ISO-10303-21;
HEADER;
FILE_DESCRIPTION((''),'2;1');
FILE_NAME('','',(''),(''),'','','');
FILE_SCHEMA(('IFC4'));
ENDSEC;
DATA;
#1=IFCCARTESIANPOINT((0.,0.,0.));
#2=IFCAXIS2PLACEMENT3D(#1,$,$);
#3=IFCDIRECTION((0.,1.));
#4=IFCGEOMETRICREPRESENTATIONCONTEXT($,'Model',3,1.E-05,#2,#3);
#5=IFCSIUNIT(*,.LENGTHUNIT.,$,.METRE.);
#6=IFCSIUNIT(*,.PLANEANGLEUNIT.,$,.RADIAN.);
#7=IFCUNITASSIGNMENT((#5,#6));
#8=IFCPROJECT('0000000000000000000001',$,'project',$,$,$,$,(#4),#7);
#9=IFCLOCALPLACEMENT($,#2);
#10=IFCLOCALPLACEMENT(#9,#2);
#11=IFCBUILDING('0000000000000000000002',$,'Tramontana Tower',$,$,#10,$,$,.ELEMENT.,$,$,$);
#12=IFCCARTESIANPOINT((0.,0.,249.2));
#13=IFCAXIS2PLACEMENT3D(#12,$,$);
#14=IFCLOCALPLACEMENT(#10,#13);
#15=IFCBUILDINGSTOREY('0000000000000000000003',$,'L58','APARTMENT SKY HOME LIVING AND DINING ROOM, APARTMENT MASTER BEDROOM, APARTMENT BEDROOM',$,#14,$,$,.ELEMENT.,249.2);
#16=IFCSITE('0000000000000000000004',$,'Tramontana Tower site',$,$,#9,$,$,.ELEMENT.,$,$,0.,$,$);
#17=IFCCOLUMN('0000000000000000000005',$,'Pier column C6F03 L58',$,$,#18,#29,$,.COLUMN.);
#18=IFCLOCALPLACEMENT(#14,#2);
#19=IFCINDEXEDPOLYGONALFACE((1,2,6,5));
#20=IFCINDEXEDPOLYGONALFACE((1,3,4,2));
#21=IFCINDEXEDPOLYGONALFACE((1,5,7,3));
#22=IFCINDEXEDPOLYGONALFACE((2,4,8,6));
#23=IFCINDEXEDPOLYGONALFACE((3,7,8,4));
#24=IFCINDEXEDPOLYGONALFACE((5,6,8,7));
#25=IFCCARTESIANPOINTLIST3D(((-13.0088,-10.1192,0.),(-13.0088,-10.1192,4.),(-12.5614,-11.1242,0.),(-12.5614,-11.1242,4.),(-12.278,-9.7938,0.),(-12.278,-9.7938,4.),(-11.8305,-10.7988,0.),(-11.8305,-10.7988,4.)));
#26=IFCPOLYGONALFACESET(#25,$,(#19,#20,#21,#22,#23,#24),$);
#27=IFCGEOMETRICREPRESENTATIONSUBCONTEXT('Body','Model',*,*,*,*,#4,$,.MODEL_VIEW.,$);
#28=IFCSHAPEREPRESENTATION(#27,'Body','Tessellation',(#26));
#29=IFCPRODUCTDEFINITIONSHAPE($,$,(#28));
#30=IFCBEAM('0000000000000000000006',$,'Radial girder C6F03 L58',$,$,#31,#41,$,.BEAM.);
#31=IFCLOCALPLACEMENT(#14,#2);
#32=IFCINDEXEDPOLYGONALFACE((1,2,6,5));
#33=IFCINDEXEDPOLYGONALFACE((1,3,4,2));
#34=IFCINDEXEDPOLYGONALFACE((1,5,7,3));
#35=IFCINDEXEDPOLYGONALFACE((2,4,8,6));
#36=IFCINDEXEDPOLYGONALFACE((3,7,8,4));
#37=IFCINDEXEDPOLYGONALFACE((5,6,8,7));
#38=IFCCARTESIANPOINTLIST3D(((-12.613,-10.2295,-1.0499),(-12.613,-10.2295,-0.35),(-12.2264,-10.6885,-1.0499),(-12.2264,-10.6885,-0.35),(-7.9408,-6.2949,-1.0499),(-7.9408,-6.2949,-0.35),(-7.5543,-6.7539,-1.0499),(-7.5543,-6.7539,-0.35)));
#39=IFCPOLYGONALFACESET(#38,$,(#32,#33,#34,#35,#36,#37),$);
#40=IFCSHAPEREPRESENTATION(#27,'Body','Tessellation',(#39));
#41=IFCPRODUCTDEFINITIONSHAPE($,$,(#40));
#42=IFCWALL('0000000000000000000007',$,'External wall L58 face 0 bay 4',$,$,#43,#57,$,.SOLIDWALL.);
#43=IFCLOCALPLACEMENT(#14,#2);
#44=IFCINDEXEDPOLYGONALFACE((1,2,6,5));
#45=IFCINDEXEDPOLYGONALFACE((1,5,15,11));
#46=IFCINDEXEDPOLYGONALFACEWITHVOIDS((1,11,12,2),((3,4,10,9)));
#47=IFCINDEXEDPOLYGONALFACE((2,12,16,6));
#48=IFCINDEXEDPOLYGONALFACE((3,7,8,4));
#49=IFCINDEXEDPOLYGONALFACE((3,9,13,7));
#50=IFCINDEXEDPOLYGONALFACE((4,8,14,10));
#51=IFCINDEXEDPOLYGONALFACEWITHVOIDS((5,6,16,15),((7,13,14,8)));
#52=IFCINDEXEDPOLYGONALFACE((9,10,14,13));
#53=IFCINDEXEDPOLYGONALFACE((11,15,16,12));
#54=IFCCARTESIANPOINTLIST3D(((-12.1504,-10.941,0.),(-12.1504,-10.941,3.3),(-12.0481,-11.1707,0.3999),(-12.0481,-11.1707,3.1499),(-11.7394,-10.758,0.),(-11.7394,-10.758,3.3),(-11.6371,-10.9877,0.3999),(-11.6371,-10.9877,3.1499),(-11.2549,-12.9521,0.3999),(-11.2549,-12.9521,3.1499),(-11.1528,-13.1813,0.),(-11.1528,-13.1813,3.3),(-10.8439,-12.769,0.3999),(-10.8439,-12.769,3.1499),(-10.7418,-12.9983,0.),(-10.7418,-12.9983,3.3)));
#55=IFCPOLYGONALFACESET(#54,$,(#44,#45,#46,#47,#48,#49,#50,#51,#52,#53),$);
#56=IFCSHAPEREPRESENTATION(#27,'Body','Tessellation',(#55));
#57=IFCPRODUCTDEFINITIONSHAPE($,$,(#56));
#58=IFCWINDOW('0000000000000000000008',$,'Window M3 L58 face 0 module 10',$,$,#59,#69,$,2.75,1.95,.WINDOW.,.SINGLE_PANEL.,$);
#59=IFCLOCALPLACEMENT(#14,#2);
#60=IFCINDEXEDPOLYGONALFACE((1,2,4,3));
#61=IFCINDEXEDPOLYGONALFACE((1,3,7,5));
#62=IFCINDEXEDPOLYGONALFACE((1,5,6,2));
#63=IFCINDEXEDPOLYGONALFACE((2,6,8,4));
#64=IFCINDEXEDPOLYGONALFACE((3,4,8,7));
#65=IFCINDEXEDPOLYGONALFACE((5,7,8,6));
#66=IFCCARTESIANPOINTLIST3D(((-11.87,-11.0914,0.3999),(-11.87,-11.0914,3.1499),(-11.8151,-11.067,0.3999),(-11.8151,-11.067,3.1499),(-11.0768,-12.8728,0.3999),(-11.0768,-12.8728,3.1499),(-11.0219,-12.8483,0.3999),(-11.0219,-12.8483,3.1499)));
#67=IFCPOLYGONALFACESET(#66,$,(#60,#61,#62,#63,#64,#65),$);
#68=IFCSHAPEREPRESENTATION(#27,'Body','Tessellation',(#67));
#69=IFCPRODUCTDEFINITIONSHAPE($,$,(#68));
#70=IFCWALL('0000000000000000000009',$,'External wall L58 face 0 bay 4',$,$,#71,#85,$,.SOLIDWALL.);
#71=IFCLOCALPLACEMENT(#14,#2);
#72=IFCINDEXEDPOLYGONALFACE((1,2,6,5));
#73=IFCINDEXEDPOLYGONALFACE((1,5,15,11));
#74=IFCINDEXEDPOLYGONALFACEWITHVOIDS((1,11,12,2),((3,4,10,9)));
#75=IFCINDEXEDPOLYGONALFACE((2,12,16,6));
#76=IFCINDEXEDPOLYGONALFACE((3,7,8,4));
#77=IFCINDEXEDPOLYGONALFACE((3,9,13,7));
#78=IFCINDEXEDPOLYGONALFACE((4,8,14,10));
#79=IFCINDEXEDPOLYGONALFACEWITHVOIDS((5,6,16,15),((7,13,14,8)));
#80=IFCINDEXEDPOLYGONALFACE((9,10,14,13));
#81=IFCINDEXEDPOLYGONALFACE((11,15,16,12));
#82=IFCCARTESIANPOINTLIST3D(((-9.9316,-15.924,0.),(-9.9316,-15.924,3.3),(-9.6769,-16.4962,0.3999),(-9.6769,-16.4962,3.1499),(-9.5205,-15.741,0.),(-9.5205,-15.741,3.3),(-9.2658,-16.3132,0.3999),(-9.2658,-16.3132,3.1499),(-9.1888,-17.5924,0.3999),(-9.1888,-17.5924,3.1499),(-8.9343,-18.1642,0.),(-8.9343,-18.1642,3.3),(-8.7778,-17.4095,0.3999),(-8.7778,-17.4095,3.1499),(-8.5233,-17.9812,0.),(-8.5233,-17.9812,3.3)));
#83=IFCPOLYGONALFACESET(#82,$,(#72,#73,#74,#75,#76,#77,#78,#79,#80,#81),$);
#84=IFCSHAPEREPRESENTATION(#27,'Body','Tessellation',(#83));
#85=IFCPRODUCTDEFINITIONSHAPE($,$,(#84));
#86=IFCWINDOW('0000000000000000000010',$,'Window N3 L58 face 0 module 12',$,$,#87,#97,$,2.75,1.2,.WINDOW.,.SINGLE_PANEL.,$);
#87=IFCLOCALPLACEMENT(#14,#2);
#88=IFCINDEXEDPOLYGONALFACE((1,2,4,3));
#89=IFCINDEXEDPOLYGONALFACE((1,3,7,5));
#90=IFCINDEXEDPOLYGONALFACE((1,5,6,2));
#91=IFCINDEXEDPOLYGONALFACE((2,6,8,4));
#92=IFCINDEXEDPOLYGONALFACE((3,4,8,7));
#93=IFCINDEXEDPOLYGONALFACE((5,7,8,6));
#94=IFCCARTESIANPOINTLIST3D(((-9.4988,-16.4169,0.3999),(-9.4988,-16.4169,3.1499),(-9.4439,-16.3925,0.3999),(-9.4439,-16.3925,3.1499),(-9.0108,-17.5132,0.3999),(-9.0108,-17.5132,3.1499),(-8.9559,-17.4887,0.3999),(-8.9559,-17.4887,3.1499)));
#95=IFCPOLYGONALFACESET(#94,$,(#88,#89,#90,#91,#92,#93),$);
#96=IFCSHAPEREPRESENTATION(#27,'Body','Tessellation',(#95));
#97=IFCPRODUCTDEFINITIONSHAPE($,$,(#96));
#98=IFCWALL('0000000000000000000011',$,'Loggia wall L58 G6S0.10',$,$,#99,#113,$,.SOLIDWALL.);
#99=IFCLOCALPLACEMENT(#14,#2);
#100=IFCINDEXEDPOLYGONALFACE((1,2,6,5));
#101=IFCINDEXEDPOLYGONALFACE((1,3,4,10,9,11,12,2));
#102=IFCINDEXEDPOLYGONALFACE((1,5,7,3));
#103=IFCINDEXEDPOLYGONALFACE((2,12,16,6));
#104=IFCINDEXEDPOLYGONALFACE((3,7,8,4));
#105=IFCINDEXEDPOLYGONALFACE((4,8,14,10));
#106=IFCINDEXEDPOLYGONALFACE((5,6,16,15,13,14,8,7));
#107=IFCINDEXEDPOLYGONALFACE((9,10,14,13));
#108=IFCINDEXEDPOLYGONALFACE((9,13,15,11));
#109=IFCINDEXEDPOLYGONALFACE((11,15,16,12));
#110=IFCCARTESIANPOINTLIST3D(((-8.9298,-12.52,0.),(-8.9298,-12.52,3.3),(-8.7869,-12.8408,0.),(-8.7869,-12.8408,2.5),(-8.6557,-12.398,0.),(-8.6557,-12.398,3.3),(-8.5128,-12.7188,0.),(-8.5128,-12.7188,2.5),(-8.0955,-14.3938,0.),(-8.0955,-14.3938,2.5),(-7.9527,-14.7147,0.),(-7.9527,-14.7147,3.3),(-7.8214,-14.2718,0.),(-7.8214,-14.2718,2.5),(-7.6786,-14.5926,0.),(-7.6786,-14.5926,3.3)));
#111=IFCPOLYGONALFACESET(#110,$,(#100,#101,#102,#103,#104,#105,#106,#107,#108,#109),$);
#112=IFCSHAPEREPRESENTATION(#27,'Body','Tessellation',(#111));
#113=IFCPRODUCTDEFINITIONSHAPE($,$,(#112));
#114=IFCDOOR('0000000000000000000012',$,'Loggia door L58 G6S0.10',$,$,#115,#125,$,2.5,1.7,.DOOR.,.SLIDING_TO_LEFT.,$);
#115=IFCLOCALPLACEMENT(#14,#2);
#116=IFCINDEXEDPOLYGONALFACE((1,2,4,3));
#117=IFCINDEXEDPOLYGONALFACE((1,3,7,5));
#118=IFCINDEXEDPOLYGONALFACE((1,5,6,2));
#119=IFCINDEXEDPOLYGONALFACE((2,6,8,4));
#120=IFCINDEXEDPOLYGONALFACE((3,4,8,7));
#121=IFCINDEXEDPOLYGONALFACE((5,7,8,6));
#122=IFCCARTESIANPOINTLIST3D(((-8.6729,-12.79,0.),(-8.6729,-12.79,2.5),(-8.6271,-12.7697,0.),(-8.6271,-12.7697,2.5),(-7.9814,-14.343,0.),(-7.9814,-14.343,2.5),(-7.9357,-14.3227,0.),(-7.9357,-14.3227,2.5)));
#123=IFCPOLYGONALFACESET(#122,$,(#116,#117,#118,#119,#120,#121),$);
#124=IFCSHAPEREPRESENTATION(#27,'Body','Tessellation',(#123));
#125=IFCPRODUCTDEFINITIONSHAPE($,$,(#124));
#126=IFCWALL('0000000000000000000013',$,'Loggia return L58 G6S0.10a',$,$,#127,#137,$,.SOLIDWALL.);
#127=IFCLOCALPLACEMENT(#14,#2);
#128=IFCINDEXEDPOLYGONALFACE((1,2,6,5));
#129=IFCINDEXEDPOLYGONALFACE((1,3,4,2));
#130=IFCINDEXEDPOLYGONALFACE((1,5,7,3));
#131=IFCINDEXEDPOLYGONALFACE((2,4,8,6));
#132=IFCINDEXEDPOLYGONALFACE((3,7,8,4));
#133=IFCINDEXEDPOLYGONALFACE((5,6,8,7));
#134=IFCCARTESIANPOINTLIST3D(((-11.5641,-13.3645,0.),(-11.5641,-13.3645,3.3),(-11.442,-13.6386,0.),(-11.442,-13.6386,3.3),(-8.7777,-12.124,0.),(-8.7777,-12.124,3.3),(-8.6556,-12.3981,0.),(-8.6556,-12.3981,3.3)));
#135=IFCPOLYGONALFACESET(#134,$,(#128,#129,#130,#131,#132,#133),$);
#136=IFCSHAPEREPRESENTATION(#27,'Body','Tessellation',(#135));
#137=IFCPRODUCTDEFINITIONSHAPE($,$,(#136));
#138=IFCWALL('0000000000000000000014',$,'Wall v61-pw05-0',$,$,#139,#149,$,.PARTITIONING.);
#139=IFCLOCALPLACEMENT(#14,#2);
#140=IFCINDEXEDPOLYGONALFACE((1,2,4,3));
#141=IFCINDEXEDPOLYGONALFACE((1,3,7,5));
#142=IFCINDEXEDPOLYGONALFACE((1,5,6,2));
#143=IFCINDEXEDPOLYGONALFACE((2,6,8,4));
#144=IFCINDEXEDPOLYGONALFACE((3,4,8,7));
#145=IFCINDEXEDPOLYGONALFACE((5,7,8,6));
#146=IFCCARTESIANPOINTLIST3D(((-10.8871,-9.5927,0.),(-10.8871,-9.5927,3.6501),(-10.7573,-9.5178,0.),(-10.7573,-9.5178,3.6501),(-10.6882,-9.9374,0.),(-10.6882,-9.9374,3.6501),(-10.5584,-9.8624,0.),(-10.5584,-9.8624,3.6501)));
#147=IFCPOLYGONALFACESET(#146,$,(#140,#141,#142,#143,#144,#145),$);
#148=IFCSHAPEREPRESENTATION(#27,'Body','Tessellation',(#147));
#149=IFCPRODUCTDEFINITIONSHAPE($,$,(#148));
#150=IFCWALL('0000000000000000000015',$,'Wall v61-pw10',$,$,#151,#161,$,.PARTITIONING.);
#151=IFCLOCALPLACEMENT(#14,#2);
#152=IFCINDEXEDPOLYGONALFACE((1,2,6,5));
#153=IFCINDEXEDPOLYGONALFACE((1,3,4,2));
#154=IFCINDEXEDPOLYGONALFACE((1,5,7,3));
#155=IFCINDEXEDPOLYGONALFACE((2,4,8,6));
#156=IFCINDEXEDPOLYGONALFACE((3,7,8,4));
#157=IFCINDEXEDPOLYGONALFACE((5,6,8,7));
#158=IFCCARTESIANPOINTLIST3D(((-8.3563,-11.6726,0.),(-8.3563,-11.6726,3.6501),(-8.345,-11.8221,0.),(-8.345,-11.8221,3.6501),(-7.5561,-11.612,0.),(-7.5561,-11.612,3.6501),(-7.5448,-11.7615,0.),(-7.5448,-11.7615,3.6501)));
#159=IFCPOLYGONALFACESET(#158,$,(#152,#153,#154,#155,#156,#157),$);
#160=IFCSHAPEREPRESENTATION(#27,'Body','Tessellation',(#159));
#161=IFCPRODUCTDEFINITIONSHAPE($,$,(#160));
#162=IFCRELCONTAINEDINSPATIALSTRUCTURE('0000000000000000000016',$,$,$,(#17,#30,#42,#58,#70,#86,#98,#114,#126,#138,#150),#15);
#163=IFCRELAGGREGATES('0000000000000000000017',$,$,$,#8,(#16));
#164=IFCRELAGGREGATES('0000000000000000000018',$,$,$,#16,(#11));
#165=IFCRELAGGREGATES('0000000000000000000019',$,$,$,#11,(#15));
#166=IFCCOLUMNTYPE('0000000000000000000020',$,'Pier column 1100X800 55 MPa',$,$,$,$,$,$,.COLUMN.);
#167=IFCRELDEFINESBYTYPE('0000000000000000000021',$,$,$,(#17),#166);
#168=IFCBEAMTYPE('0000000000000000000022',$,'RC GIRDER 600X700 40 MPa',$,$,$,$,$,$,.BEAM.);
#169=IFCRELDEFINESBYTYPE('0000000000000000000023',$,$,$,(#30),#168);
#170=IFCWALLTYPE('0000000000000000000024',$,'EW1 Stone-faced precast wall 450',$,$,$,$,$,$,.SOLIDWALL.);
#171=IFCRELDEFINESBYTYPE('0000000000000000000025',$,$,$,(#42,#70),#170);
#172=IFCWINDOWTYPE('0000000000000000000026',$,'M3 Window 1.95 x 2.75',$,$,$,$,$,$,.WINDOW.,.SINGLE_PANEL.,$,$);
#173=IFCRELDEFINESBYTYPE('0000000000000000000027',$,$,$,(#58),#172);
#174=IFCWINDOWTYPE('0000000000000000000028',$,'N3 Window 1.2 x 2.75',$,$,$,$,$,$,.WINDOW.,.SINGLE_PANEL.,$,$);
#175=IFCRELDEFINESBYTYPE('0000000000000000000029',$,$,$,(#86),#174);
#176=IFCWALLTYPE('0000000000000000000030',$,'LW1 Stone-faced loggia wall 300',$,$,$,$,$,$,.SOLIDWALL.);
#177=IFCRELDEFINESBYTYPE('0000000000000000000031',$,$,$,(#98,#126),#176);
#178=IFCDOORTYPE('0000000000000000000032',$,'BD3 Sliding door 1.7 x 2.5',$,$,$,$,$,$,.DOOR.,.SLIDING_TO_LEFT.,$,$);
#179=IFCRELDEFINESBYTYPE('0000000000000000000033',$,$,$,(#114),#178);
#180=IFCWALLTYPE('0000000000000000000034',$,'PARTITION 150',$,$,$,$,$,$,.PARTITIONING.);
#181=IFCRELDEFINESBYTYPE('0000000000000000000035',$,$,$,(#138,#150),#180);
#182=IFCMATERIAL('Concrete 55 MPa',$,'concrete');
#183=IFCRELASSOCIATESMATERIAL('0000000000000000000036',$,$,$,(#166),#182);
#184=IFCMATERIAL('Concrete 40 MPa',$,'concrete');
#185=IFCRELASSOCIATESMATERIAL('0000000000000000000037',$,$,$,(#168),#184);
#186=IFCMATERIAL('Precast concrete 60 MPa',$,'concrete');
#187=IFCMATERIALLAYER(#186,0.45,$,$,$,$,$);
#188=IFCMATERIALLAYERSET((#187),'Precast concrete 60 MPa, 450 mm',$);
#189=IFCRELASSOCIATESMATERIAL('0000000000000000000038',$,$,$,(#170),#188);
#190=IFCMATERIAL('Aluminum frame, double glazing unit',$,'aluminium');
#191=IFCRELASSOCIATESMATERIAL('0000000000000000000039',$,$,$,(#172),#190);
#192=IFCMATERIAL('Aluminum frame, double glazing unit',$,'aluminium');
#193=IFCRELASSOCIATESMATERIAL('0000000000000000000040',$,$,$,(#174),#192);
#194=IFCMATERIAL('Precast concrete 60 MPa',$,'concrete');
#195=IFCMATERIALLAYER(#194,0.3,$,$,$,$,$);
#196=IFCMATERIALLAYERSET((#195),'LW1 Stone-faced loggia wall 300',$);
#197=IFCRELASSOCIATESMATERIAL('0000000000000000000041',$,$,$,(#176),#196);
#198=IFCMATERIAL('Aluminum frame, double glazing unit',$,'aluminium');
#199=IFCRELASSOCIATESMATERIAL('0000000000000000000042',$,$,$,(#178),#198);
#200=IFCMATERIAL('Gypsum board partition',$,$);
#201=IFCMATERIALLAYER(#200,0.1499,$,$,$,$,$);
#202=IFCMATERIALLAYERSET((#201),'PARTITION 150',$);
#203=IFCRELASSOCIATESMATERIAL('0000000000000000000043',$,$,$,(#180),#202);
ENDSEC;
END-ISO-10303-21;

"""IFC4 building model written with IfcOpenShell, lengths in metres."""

from ifc_helpers import new_model, si_unit, direction, frame, frame_2d, origin, origin_2d, place, context, subcontext, project, spatial, rectangle, extrude, material, layer, layer_set, material_profile, profile_set, type_object, element, fill, save


model = new_model("IFC4")

# Units and contexts
model_context = context("Model", 3, precision=1e-05, world=origin(), true_north=direction((0.0, 1.0)))
body_context = subcontext(model_context, "Body", "Model", "MODEL_VIEW")
ifc_project = project(units=[si_unit("LENGTHUNIT", "METRE"), si_unit("PLANEANGLEUNIT", "RADIAN")], contexts=[model_context])

# Site, building, storey
site_placement = place(None, origin())
site = spatial("IfcSite", under=ifc_project, at=site_placement, Name="Tramontana Tower site", CompositionType="ELEMENT", RefElevation=0.0)
building_placement = place(site_placement, origin())
building = spatial("IfcBuilding", under=site, at=building_placement, Name="Tramontana Tower", CompositionType="ELEMENT")
storey_placement = place(building_placement, frame((0.0, 0.0, 249.2)))
storey = spatial("IfcBuildingStorey", under=building, at=storey_placement, Name="L58", Description="APARTMENT SKY HOME LIVING AND DINING ROOM, APARTMENT MASTER BEDROOM, APARTMENT BEDROOM", CompositionType="ELEMENT", Elevation=249.2)

# Column
ifc_material_1 = material(Name="Concrete 55 MPa", Category="concrete")
ifc_material_profile_1 = material_profile(ifc_material_1, rectangle(XDim=1.1001, YDim=0.8, at=origin_2d()), Name="Pier column 1100X800 55 MPa")
ifc_profile_set_1 = profile_set([ifc_material_profile_1], Name="Concrete 55 MPa")
column_type = type_object("IfcColumnType", Name="Pier column 1100X800 55 MPa", PredefinedType="COLUMN", material=ifc_profile_set_1)
column_placement = place(storey_placement, frame((-12.4197, -10.459, 0.0), z_axis=(0.0, 0.0, 1.0), x_axis=(0.406737, -0.913545, 0.0)))
element("IfcColumn", 1, at=column_placement, inside=storey, type_object=column_type, Name="Pier column C6F03 L58", PredefinedType="COLUMN", context=body_context, shape_type="SweptSolid", body=[
    extrude(rectangle(XDim=1.1001, YDim=0.8, at=origin_2d()), origin(), (0.0, 0.0, 1.0), 4.0),
])

# Beam
ifc_material_2 = material(Name="Concrete 40 MPa", Category="concrete")
ifc_material_profile_2 = material_profile(ifc_material_2, rectangle(XDim=0.6001, YDim=0.7, at=origin_2d()), Name="RC GIRDER 600X700 40 MPa")
ifc_profile_set_2 = profile_set([ifc_material_profile_2], Name="Concrete 40 MPa")
beam_type = type_object("IfcBeamType", Name="RC GIRDER 600X700 40 MPa", PredefinedType="BEAM", material=ifc_profile_set_2)
beam_placement = place(storey_placement, frame((-12.4197, -10.459, -0.7), z_axis=(0.764899, 0.644151, 0.0), x_axis=(-0.644151, 0.764899, 0.0)))
element("IfcBeam", 2, at=beam_placement, inside=storey, type_object=beam_type, Name="Radial girder C6F03 L58", PredefinedType="BEAM", context=body_context, shape_type="SweptSolid", body=[
    extrude(rectangle(XDim=0.6001, YDim=0.7, at=origin_2d()), origin(), (0.0, 0.0, 1.0), 6.1082),
])

# Walls, openings, windows
ifc_material_3 = material(Name="Precast concrete 60 MPa", Category="concrete")
ifc_layer_1 = layer(ifc_material_3, 0.45)
ifc_layer_set_1 = layer_set([ifc_layer_1], Name="Precast concrete 60 MPa, 450 mm")
wall_type_1 = type_object("IfcWallType", Name="EW1 Stone-faced precast wall 450", PredefinedType="SOLIDWALL", material=ifc_layer_set_1)
wall_1_placement = place(storey_placement, frame((-11.9448, -10.8496, 0.0), z_axis=(0.0, 0.0, 1.0), x_axis=(0.406785, -0.913524, 0.0)))
wall_1 = element("IfcWall", 3, at=wall_1_placement, inside=storey, type_object=wall_type_1, Name="External wall L58 face 0 bay 4", PredefinedType="SOLIDWALL", context=body_context, shape_type="SweptSolid", body=[
    extrude(rectangle(XDim=2.4524, YDim=0.45, at=frame_2d((1.2261, 0.0))), origin(), (0.0, 0.0, 1.0), 3.3),
])
opening_1_placement = place(wall_1_placement, frame((0.2512, 0.0, 0.3999)))
opening_1 = element("IfcOpeningElement", 4, at=opening_1_placement, cuts=wall_1, PredefinedType="OPENING", context=body_context, shape_type="SweptSolid", body=[
    extrude(rectangle(XDim=1.95, YDim=2.75, at=frame_2d((0.9751, 1.375))), frame((0.0, 0.2349, 0.0), z_axis=(0.0, -1.0, 0.0), x_axis=(1.0, 0.0, 0.0)), (0.0, 0.0, 1.0), 0.47),
])
ifc_material_4 = material(Name="Aluminum frame, double glazing unit", Category="aluminium")
window_type_1 = type_object("IfcWindowType", Name="M3 Window 1.95 x 2.75", PartitioningType="SINGLE_PANEL", PredefinedType="WINDOW", material=ifc_material_4)
window_1_placement = place(opening_1_placement, origin())
window_1 = element("IfcWindow", 5, at=window_1_placement, inside=storey, type_object=window_type_1, Name="Window M3 L58 face 0 module 10", OverallHeight=2.75, OverallWidth=1.95, PartitioningType="SINGLE_PANEL", PredefinedType="WINDOW", context=body_context, shape_type="SweptSolid", body=[
    extrude(rectangle(XDim=1.95, YDim=2.75, at=frame_2d((0.9751, 1.375))), frame((0.0, 0.03, 0.0), z_axis=(0.0, -1.0, 0.0), x_axis=(1.0, 0.0, 0.0)), (0.0, 0.0, 1.0), 0.0601),
])
fill(opening_1, window_1)
wall_2_placement = place(storey_placement, frame((-9.7261, -15.8325, 0.0), z_axis=(0.0, 0.0, 1.0), x_axis=(0.406702, -0.913561, 0.0)))
wall_2 = element("IfcWall", 6, at=wall_2_placement, inside=storey, type_object=wall_type_1, Name="External wall L58 face 0 bay 4", PredefinedType="SOLIDWALL", context=body_context, shape_type="SweptSolid", body=[
    extrude(rectangle(XDim=2.4521, YDim=0.45, at=frame_2d((1.2261, 0.0))), origin(), (0.0, 0.0, 1.0), 3.3),
])
opening_2_placement = place(wall_2_placement, frame((0.6262, 0.0, 0.3999)))
opening_2 = element("IfcOpeningElement", 7, at=opening_2_placement, cuts=wall_2, PredefinedType="OPENING", context=body_context, shape_type="SweptSolid", body=[
    extrude(rectangle(XDim=1.2, YDim=2.75, at=frame_2d((0.6001, 1.375))), frame((0.0, 0.2349, 0.0), z_axis=(0.0, -1.0, 0.0), x_axis=(1.0, 0.0, 0.0)), (0.0, 0.0, 1.0), 0.47),
])
ifc_material_5 = material(Name="Aluminum frame, double glazing unit", Category="aluminium")
window_type_2 = type_object("IfcWindowType", Name="N3 Window 1.2 x 2.75", PartitioningType="SINGLE_PANEL", PredefinedType="WINDOW", material=ifc_material_5)
window_2_placement = place(opening_2_placement, origin())
window_2 = element("IfcWindow", 8, at=window_2_placement, inside=storey, type_object=window_type_2, Name="Window N3 L58 face 0 module 12", OverallHeight=2.75, OverallWidth=1.2, PartitioningType="SINGLE_PANEL", PredefinedType="WINDOW", context=body_context, shape_type="SweptSolid", body=[
    extrude(rectangle(XDim=1.2, YDim=2.75, at=frame_2d((0.6001, 1.375))), frame((0.0, 0.03, 0.0), z_axis=(0.0, -1.0, 0.0), x_axis=(1.0, 0.0, 0.0)), (0.0, 0.0, 1.0), 0.0601),
])
fill(opening_2, window_2)

# Wall, opening, door
ifc_material_6 = material(Name="Precast concrete 60 MPa", Category="concrete")
ifc_layer_2 = layer(ifc_material_6, 0.3)
ifc_layer_set_2 = layer_set([ifc_layer_2], Name="LW1 Stone-faced loggia wall 300")
wall_type_2 = type_object("IfcWallType", Name="LW1 Stone-faced loggia wall 300", PredefinedType="SOLIDWALL", material=ifc_layer_set_2)
wall_3_placement = place(storey_placement, frame((-8.7927, -12.459, 0.0), z_axis=(0.0, 0.0, 1.0), x_axis=(0.406723, -0.913552, 0.0)))
wall_3 = element("IfcWall", 9, at=wall_3_placement, inside=storey, type_object=wall_type_2, Name="Loggia wall L58 G6S0.10", PredefinedType="SOLIDWALL", context=body_context, shape_type="SweptSolid", body=[
    extrude(rectangle(XDim=2.4023, YDim=0.3, at=frame_2d((1.2012, 0.0))), origin(), (0.0, 0.0, 1.0), 3.3),
])
opening_3_placement = place(wall_3_placement, frame((0.3511, 0.0, 0.0)))
opening_3 = element("IfcOpeningElement", 10, at=opening_3_placement, cuts=wall_3, PredefinedType="OPENING", context=body_context, shape_type="SweptSolid", body=[
    extrude(rectangle(XDim=1.7, YDim=2.5, at=frame_2d((0.8501, 1.25))), frame((0.0, 0.1599, 0.0), z_axis=(0.0, -1.0, 0.0), x_axis=(1.0, 0.0, 0.0)), (0.0, 0.0, 1.0), 0.3201),
])
ifc_material_7 = material(Name="Aluminum frame, double glazing unit", Category="aluminium")
door_type_1 = type_object("IfcDoorType", Name="BD3 Sliding door 1.7 x 2.5", OperationType="SLIDING_TO_LEFT", PredefinedType="DOOR", material=ifc_material_7)
door_1_placement = place(opening_3_placement, origin())
door_1 = element("IfcDoor", 11, at=door_1_placement, inside=storey, type_object=door_type_1, Name="Loggia door L58 G6S0.10", OperationType="SLIDING_TO_LEFT", OverallHeight=2.5, OverallWidth=1.7, PredefinedType="DOOR", context=body_context, shape_type="SweptSolid", body=[
    extrude(rectangle(XDim=1.7, YDim=2.5, at=frame_2d((0.8501, 1.25))), frame((0.0, 0.0249, 0.0), z_axis=(0.0, -1.0, 0.0), x_axis=(1.0, 0.0, 0.0)), (0.0, 0.0, 1.0), 0.05),
])
fill(opening_3, door_1)

# Wall
wall_4_placement = place(storey_placement, frame((-11.5029, -13.5015, 0.0), z_axis=(0.0, 0.0, 1.0), x_axis=(0.913557, 0.40671, 0.0)))
element("IfcWall", 12, at=wall_4_placement, inside=storey, type_object=wall_type_2, Name="Loggia return L58 G6S0.10a", PredefinedType="SOLIDWALL", context=body_context, shape_type="SweptSolid", body=[
    extrude(rectangle(XDim=3.05, YDim=0.3, at=frame_2d((1.5249, 0.0))), origin(), (0.0, 0.0, 1.0), 3.3),
])

# Shared definitions
ifc_material_8 = material(Name="Gypsum board partition")
ifc_layer_3 = layer(ifc_material_8, 0.1499)
ifc_layer_set_3 = layer_set([ifc_layer_3], Name="PARTITION 150")
wall_type_3 = type_object("IfcWallType", Name="PARTITION 150", PredefinedType="PARTITIONING", material=ifc_layer_set_3)

# Walls
wall_5_placement = place(storey_placement, frame((-10.6233, -9.8999, 0.0), z_axis=(0.0, 0.0, 1.0), x_axis=(-0.499899, 0.866083, 0.0)))
element("IfcWall", 13, at=wall_5_placement, inside=storey, type_object=wall_type_3, Name="Wall v61-pw05-0", PredefinedType="PARTITIONING", context=body_context, shape_type="SweptSolid", body=[
    extrude(rectangle(XDim=0.3979, YDim=0.1499, at=frame_2d((0.199, 0.0))), origin(), (0.0, 0.0, 1.0), 3.6501),
])
wall_6_placement = place(storey_placement, frame((-7.5503, -11.6868, 0.0), z_axis=(0.0, 0.0, 1.0), x_axis=(-0.99715, -0.07544, 0.0)))
element("IfcWall", 14, at=wall_6_placement, inside=storey, type_object=wall_type_3, Name="Wall v61-pw10", PredefinedType="PARTITIONING", context=body_context, shape_type="SweptSolid", body=[
    extrude(rectangle(XDim=0.8025, YDim=0.1499, at=frame_2d((0.4014, 0.0))), origin(), (0.0, 0.0, 1.0), 3.6501),
])

save(model, "model.ifc")
